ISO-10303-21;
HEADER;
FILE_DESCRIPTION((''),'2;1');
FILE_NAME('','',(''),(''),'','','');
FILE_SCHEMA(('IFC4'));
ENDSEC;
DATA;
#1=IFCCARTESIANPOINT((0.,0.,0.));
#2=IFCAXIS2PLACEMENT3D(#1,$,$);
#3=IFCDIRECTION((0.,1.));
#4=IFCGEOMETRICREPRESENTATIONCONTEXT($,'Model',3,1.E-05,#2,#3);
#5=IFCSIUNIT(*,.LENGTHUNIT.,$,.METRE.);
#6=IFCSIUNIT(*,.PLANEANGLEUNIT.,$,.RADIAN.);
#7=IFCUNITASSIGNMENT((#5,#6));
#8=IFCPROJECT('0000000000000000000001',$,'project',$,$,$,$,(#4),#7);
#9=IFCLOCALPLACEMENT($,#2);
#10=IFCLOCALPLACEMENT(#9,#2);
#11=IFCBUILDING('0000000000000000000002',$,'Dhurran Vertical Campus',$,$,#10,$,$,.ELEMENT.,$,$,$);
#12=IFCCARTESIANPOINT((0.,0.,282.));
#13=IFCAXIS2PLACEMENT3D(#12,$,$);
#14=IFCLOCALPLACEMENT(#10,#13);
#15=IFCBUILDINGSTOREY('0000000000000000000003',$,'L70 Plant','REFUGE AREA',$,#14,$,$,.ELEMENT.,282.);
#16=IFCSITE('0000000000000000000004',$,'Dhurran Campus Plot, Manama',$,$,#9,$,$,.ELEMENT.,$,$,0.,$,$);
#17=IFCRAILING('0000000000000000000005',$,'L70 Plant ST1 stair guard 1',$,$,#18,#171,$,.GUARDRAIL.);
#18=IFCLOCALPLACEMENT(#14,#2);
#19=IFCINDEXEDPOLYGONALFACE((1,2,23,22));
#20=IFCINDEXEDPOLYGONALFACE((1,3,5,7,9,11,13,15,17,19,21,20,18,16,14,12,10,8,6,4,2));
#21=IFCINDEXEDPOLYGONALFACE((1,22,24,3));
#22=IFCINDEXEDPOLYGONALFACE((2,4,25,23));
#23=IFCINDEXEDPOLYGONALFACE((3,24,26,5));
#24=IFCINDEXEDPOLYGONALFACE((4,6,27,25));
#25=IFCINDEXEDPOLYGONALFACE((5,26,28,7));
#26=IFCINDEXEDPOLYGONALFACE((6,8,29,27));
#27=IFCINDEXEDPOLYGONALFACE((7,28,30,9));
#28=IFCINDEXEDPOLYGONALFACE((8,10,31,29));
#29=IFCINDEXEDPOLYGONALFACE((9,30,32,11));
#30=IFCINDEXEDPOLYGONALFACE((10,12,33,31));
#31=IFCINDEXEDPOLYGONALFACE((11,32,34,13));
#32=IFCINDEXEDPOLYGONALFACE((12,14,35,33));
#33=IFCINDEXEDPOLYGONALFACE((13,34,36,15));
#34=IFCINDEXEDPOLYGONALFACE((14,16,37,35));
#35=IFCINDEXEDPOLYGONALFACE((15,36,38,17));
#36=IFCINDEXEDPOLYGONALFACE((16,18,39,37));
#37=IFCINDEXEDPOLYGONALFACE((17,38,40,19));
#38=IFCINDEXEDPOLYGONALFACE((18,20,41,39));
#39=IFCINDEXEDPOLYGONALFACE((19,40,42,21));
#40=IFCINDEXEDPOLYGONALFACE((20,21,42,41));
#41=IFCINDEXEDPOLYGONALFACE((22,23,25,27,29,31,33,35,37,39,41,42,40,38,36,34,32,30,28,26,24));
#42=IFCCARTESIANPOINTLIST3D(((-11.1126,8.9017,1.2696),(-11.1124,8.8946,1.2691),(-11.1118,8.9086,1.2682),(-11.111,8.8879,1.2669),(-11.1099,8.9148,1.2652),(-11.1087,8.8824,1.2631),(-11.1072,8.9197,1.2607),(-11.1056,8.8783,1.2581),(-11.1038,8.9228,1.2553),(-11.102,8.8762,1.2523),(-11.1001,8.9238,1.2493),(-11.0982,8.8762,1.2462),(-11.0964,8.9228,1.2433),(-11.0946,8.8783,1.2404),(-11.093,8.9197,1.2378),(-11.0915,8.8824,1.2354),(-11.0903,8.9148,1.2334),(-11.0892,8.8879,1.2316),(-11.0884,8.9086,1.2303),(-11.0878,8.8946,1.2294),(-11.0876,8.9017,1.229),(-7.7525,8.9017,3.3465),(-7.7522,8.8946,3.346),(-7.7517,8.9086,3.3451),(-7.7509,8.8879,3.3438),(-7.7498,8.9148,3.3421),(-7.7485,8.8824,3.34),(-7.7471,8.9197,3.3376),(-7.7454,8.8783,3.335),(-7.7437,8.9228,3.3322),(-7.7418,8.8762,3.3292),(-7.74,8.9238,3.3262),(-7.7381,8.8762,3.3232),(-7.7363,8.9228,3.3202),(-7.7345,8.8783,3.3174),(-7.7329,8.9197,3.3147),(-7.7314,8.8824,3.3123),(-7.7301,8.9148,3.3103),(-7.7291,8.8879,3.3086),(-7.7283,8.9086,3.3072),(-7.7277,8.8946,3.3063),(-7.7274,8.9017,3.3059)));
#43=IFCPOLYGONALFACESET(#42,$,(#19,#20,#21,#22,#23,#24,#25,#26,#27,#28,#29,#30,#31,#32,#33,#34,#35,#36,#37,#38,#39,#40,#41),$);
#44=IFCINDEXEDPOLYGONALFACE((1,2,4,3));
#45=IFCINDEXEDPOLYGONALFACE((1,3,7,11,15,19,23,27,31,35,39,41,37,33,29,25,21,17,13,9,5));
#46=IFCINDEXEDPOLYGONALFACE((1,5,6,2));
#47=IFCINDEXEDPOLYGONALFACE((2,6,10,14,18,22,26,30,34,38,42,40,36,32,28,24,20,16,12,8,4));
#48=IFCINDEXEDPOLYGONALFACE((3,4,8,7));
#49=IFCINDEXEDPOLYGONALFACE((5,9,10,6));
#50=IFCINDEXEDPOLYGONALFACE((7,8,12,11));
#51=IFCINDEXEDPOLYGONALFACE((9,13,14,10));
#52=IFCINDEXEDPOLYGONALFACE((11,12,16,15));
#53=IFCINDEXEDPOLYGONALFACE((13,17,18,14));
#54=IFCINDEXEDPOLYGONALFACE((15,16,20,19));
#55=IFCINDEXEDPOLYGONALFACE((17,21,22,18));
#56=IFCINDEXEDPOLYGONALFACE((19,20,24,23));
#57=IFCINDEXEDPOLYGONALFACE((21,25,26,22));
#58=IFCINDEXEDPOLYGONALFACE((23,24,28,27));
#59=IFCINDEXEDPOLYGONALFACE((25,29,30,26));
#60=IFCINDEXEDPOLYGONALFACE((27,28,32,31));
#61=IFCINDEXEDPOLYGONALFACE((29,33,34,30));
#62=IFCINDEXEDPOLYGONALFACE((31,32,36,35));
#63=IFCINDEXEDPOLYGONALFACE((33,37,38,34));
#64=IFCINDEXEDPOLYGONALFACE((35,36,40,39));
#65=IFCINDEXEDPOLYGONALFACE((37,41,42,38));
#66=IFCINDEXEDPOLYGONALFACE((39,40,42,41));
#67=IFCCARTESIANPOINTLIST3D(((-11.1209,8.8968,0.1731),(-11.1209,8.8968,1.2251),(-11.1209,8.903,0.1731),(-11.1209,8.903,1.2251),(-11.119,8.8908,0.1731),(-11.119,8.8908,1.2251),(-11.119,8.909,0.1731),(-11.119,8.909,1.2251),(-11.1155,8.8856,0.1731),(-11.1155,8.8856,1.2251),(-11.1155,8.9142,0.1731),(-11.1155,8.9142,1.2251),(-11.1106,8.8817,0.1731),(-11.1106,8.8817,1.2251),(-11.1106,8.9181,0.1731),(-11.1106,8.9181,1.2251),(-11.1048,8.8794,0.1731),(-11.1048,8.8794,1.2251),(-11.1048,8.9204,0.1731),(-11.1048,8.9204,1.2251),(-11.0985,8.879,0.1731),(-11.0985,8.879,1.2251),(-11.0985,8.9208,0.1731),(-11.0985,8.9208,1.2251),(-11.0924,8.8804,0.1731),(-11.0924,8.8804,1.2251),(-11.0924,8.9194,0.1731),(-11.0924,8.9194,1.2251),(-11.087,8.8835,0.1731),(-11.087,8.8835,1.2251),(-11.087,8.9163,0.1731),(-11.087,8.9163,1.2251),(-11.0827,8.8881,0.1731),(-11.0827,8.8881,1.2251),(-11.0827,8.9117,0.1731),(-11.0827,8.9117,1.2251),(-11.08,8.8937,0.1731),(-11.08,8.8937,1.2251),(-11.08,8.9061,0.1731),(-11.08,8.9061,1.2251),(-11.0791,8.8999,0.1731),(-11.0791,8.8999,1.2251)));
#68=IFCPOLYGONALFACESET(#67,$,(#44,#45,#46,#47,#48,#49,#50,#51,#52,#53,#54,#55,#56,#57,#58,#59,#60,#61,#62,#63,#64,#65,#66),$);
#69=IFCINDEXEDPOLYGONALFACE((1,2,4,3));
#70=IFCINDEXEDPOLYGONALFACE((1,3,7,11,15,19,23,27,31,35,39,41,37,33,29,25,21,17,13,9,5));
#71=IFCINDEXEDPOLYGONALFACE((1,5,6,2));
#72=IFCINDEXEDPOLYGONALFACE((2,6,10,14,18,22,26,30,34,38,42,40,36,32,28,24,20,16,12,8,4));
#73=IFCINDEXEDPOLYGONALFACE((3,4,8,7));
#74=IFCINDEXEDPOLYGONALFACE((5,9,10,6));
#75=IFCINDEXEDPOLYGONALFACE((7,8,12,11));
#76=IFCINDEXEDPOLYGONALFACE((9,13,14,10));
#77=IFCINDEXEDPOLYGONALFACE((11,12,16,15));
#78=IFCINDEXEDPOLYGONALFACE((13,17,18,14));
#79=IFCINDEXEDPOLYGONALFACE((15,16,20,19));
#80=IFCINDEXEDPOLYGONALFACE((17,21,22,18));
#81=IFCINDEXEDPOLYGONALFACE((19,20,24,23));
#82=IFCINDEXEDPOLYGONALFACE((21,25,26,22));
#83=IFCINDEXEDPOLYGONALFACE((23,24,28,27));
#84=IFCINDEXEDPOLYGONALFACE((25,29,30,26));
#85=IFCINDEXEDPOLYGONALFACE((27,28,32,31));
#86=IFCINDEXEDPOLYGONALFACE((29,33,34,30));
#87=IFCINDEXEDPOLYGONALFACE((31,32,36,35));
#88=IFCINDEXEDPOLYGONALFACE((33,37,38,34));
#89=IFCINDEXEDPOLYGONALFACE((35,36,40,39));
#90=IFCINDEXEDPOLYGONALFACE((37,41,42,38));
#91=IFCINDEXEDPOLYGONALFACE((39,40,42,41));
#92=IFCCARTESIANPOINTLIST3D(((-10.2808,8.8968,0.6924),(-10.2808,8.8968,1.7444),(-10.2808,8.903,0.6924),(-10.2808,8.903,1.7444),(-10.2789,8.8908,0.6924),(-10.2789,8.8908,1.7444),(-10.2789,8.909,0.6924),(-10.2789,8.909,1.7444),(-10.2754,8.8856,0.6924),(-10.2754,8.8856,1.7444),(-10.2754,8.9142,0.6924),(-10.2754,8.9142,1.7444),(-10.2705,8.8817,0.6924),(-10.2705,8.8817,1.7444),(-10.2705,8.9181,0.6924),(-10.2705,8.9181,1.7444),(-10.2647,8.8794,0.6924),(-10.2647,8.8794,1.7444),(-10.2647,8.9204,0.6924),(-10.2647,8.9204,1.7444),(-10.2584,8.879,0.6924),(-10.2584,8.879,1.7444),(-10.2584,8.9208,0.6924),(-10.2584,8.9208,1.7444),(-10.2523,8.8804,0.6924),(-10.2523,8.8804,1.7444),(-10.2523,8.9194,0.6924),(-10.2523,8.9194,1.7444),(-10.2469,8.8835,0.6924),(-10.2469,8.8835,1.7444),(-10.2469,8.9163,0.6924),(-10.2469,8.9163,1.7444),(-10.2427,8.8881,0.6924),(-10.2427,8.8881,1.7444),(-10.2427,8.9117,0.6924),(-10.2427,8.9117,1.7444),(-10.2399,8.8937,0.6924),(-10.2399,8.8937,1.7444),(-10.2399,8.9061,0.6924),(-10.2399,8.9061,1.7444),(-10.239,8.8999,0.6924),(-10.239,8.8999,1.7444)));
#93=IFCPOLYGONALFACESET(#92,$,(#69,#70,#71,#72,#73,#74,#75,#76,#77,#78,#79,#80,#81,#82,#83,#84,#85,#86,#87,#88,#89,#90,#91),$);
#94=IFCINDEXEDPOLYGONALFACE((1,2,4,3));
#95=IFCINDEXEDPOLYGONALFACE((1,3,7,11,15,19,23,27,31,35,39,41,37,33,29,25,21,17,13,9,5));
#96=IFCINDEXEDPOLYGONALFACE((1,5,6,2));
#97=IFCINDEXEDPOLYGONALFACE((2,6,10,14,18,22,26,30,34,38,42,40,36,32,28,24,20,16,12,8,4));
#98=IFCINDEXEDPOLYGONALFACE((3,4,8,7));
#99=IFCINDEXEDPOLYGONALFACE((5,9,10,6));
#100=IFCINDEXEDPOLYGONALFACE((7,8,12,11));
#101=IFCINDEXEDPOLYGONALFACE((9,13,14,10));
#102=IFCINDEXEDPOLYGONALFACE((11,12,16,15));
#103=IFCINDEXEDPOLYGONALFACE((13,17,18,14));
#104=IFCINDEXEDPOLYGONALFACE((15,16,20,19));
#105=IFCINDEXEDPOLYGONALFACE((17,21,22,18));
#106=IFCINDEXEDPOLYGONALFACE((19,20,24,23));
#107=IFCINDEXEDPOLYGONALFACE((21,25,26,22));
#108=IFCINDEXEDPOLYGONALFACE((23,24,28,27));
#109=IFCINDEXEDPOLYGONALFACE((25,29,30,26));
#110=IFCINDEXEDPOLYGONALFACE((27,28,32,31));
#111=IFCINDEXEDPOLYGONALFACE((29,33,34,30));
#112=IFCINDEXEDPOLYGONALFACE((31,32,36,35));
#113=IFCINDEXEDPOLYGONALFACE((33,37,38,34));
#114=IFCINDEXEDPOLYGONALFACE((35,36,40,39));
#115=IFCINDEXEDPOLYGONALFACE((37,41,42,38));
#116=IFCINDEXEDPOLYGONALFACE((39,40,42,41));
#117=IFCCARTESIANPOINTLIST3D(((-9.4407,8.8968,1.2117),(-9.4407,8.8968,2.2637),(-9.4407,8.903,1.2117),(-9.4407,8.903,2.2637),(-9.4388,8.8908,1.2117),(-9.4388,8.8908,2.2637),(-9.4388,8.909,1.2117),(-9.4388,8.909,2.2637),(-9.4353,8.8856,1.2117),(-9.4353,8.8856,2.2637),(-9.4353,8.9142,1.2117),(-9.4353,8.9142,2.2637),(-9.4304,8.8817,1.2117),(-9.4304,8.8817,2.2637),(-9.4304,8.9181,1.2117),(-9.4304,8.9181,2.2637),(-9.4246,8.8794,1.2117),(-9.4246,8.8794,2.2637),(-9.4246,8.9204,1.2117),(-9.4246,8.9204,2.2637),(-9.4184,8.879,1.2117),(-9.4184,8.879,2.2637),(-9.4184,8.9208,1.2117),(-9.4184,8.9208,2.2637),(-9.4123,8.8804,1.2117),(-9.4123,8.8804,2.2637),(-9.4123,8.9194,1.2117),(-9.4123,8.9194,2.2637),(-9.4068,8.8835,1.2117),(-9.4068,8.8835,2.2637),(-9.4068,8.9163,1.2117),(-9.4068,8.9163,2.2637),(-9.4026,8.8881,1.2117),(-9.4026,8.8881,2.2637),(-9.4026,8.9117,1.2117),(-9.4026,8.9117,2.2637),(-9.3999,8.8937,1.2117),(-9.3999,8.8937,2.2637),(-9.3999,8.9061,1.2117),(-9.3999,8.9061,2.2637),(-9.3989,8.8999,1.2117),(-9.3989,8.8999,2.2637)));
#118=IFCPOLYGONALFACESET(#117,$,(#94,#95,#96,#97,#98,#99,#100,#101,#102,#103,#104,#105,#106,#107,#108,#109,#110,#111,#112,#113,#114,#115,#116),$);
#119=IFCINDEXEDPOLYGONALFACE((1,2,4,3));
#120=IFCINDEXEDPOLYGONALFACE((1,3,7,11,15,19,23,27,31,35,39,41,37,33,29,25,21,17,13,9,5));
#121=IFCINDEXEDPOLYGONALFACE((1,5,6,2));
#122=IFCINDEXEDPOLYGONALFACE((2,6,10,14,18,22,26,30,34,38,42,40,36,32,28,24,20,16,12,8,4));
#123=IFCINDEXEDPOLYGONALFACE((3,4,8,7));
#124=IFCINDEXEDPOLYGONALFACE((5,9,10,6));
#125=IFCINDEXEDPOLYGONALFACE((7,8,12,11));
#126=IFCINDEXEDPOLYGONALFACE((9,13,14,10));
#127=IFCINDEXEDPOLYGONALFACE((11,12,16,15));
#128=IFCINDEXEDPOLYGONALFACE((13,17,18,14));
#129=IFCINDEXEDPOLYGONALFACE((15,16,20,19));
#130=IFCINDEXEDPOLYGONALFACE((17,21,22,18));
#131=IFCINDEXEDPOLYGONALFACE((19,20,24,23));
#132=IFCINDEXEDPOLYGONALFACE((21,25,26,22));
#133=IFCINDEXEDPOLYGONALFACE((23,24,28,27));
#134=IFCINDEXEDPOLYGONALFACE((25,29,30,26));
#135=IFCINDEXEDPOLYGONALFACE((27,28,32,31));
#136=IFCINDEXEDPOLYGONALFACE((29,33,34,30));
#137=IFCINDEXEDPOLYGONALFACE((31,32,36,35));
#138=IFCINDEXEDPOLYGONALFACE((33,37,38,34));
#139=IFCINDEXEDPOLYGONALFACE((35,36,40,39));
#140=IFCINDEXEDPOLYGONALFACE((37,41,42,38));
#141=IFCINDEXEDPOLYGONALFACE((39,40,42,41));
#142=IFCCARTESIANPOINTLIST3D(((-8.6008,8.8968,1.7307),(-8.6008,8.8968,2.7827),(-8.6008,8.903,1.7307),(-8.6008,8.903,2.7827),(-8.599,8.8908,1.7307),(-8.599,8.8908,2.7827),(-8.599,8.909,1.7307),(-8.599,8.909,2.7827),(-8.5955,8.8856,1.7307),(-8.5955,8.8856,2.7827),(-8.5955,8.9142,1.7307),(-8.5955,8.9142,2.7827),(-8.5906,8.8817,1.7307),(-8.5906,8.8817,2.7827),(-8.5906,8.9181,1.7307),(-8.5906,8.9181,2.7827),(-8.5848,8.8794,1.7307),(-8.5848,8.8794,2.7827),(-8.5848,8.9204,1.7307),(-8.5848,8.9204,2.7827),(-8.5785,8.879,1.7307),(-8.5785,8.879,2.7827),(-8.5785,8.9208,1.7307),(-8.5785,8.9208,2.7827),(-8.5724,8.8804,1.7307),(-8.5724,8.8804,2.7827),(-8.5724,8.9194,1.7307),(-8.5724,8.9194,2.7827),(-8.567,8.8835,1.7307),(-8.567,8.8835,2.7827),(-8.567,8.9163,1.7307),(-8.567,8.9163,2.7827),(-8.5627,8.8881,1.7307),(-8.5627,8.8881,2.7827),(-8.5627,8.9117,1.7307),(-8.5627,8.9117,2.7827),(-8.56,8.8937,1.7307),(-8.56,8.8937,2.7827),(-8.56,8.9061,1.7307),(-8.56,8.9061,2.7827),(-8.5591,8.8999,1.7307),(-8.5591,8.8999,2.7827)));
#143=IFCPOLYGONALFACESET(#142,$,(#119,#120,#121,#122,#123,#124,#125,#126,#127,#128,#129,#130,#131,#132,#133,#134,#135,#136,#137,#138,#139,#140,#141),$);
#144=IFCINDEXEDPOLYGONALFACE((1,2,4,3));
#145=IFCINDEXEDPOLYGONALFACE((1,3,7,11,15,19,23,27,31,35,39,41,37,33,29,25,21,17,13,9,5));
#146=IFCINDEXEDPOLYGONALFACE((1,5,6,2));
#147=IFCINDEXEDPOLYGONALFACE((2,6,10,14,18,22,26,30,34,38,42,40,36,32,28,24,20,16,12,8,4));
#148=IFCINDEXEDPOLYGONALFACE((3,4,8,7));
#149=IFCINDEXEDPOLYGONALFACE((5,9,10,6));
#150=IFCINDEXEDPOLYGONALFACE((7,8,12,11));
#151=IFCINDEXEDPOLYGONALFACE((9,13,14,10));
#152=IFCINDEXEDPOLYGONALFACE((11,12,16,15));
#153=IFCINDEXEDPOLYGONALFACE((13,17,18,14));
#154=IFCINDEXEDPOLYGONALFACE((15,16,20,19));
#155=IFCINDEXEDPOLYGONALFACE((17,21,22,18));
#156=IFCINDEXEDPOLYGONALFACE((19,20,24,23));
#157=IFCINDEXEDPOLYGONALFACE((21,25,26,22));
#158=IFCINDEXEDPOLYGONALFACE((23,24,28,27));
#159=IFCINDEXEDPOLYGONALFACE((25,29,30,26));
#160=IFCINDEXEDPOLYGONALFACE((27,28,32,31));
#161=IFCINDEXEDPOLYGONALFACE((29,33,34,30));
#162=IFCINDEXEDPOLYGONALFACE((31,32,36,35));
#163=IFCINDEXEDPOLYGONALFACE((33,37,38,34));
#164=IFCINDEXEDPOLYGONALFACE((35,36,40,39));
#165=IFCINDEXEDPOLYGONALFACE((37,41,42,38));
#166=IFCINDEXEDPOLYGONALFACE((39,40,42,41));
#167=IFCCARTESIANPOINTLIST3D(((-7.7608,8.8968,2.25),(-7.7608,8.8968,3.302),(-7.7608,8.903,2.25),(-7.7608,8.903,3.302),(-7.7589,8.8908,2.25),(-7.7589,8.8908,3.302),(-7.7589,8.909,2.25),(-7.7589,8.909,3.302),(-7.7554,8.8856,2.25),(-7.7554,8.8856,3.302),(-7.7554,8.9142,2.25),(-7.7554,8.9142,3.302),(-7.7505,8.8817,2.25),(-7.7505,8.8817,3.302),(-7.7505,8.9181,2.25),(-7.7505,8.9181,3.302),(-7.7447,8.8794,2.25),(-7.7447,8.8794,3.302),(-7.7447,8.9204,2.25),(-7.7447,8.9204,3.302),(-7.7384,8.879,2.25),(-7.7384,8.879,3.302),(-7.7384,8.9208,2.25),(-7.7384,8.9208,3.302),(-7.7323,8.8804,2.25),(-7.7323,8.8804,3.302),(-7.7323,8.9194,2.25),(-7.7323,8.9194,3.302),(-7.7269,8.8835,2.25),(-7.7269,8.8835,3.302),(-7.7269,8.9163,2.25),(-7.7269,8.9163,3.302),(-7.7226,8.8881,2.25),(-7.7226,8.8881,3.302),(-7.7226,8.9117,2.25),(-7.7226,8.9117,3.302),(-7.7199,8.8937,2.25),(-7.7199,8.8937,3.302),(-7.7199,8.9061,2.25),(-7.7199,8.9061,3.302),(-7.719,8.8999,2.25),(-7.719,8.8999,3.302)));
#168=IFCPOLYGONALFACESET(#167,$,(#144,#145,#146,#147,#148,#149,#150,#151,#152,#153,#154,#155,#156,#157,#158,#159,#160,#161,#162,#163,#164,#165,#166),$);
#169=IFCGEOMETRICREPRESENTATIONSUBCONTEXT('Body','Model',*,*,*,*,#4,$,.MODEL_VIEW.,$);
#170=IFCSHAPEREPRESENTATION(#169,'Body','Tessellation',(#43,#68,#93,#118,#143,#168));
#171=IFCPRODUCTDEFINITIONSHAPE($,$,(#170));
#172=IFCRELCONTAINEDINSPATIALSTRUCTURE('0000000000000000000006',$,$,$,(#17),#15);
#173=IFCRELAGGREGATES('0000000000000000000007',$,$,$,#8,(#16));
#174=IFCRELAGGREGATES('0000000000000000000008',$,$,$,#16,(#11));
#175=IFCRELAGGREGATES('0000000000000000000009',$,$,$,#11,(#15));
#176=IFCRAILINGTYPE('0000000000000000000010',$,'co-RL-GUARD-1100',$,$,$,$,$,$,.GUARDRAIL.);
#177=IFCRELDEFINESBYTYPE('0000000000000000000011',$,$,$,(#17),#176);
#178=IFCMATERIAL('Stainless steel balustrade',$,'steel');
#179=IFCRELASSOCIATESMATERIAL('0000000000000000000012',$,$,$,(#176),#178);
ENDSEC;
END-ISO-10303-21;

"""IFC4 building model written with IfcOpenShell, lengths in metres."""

from ifc_helpers import new_model, si_unit, direction, frame, origin, origin_2d, place, context, subcontext, project, spatial, circle, extrude, material, type_object, element, save


model = new_model("IFC4")

# Units and contexts
model_context = context("Model", 3, precision=1e-05, world=origin(), true_north=direction((0.0, 1.0)))
body_context = subcontext(model_context, "Body", "Model", "MODEL_VIEW")
ifc_project = project(units=[si_unit("LENGTHUNIT", "METRE"), si_unit("PLANEANGLEUNIT", "RADIAN")], contexts=[model_context])

# Site, building, storey
site_placement = place(None, origin())
site = spatial("IfcSite", under=ifc_project, at=site_placement, Name="Dhurran Campus Plot, Manama", CompositionType="ELEMENT", RefElevation=0.0)
building_placement = place(site_placement, origin())
building = spatial("IfcBuilding", under=site, at=building_placement, Name="Dhurran Vertical Campus", CompositionType="ELEMENT")
storey_placement = place(building_placement, frame((0.0, 0.0, 282.0)))
storey = spatial("IfcBuildingStorey", under=building, at=storey_placement, Name="L70 Plant", Description="REFUGE AREA", CompositionType="ELEMENT", Elevation=282.0)

# Railing
ifc_material_1 = material(Name="Stainless steel balustrade", Category="steel")
railing_type_1 = type_object("IfcRailingType", Name="co-RL-GUARD-1100", PredefinedType="GUARDRAIL", material=ifc_material_1)
railing_1_placement = place(storey_placement, frame((-11.1001, 8.8999, 0.1731)))
element("IfcRailing", 1, at=railing_1_placement, inside=storey, type_object=railing_type_1, Name="L70 Plant ST1 stair guard 1", PredefinedType="GUARDRAIL", context=body_context, shape_type="SweptSolid", body=[
    extrude(circle(Radius=0.0239, at=origin_2d()), frame((0.0, 0.0, 1.0762), z_axis=(0.850623, 0.0, 0.525776), x_axis=(0.0, 1.0, 0.0)), (0.0, 0.0, 1.0), 3.9502),
    extrude(circle(Radius=0.021, at=origin_2d()), origin(), (0.0, 0.0, 1.0), 1.052),
    extrude(circle(Radius=0.021, at=origin_2d()), frame((0.8401, 0.0, 0.5193)), (0.0, 0.0, 1.0), 1.052),
    extrude(circle(Radius=0.021, at=origin_2d()), frame((1.6802, 0.0, 1.0386)), (0.0, 0.0, 1.0), 1.052),
    extrude(circle(Radius=0.021, at=origin_2d()), frame((2.52, 0.0, 1.5576)), (0.0, 0.0, 1.0), 1.052),
    extrude(circle(Radius=0.021, at=origin_2d()), frame((3.3601, 0.0, 2.0769)), (0.0, 0.0, 1.0), 1.052),
])

save(model, "model.ifc")
